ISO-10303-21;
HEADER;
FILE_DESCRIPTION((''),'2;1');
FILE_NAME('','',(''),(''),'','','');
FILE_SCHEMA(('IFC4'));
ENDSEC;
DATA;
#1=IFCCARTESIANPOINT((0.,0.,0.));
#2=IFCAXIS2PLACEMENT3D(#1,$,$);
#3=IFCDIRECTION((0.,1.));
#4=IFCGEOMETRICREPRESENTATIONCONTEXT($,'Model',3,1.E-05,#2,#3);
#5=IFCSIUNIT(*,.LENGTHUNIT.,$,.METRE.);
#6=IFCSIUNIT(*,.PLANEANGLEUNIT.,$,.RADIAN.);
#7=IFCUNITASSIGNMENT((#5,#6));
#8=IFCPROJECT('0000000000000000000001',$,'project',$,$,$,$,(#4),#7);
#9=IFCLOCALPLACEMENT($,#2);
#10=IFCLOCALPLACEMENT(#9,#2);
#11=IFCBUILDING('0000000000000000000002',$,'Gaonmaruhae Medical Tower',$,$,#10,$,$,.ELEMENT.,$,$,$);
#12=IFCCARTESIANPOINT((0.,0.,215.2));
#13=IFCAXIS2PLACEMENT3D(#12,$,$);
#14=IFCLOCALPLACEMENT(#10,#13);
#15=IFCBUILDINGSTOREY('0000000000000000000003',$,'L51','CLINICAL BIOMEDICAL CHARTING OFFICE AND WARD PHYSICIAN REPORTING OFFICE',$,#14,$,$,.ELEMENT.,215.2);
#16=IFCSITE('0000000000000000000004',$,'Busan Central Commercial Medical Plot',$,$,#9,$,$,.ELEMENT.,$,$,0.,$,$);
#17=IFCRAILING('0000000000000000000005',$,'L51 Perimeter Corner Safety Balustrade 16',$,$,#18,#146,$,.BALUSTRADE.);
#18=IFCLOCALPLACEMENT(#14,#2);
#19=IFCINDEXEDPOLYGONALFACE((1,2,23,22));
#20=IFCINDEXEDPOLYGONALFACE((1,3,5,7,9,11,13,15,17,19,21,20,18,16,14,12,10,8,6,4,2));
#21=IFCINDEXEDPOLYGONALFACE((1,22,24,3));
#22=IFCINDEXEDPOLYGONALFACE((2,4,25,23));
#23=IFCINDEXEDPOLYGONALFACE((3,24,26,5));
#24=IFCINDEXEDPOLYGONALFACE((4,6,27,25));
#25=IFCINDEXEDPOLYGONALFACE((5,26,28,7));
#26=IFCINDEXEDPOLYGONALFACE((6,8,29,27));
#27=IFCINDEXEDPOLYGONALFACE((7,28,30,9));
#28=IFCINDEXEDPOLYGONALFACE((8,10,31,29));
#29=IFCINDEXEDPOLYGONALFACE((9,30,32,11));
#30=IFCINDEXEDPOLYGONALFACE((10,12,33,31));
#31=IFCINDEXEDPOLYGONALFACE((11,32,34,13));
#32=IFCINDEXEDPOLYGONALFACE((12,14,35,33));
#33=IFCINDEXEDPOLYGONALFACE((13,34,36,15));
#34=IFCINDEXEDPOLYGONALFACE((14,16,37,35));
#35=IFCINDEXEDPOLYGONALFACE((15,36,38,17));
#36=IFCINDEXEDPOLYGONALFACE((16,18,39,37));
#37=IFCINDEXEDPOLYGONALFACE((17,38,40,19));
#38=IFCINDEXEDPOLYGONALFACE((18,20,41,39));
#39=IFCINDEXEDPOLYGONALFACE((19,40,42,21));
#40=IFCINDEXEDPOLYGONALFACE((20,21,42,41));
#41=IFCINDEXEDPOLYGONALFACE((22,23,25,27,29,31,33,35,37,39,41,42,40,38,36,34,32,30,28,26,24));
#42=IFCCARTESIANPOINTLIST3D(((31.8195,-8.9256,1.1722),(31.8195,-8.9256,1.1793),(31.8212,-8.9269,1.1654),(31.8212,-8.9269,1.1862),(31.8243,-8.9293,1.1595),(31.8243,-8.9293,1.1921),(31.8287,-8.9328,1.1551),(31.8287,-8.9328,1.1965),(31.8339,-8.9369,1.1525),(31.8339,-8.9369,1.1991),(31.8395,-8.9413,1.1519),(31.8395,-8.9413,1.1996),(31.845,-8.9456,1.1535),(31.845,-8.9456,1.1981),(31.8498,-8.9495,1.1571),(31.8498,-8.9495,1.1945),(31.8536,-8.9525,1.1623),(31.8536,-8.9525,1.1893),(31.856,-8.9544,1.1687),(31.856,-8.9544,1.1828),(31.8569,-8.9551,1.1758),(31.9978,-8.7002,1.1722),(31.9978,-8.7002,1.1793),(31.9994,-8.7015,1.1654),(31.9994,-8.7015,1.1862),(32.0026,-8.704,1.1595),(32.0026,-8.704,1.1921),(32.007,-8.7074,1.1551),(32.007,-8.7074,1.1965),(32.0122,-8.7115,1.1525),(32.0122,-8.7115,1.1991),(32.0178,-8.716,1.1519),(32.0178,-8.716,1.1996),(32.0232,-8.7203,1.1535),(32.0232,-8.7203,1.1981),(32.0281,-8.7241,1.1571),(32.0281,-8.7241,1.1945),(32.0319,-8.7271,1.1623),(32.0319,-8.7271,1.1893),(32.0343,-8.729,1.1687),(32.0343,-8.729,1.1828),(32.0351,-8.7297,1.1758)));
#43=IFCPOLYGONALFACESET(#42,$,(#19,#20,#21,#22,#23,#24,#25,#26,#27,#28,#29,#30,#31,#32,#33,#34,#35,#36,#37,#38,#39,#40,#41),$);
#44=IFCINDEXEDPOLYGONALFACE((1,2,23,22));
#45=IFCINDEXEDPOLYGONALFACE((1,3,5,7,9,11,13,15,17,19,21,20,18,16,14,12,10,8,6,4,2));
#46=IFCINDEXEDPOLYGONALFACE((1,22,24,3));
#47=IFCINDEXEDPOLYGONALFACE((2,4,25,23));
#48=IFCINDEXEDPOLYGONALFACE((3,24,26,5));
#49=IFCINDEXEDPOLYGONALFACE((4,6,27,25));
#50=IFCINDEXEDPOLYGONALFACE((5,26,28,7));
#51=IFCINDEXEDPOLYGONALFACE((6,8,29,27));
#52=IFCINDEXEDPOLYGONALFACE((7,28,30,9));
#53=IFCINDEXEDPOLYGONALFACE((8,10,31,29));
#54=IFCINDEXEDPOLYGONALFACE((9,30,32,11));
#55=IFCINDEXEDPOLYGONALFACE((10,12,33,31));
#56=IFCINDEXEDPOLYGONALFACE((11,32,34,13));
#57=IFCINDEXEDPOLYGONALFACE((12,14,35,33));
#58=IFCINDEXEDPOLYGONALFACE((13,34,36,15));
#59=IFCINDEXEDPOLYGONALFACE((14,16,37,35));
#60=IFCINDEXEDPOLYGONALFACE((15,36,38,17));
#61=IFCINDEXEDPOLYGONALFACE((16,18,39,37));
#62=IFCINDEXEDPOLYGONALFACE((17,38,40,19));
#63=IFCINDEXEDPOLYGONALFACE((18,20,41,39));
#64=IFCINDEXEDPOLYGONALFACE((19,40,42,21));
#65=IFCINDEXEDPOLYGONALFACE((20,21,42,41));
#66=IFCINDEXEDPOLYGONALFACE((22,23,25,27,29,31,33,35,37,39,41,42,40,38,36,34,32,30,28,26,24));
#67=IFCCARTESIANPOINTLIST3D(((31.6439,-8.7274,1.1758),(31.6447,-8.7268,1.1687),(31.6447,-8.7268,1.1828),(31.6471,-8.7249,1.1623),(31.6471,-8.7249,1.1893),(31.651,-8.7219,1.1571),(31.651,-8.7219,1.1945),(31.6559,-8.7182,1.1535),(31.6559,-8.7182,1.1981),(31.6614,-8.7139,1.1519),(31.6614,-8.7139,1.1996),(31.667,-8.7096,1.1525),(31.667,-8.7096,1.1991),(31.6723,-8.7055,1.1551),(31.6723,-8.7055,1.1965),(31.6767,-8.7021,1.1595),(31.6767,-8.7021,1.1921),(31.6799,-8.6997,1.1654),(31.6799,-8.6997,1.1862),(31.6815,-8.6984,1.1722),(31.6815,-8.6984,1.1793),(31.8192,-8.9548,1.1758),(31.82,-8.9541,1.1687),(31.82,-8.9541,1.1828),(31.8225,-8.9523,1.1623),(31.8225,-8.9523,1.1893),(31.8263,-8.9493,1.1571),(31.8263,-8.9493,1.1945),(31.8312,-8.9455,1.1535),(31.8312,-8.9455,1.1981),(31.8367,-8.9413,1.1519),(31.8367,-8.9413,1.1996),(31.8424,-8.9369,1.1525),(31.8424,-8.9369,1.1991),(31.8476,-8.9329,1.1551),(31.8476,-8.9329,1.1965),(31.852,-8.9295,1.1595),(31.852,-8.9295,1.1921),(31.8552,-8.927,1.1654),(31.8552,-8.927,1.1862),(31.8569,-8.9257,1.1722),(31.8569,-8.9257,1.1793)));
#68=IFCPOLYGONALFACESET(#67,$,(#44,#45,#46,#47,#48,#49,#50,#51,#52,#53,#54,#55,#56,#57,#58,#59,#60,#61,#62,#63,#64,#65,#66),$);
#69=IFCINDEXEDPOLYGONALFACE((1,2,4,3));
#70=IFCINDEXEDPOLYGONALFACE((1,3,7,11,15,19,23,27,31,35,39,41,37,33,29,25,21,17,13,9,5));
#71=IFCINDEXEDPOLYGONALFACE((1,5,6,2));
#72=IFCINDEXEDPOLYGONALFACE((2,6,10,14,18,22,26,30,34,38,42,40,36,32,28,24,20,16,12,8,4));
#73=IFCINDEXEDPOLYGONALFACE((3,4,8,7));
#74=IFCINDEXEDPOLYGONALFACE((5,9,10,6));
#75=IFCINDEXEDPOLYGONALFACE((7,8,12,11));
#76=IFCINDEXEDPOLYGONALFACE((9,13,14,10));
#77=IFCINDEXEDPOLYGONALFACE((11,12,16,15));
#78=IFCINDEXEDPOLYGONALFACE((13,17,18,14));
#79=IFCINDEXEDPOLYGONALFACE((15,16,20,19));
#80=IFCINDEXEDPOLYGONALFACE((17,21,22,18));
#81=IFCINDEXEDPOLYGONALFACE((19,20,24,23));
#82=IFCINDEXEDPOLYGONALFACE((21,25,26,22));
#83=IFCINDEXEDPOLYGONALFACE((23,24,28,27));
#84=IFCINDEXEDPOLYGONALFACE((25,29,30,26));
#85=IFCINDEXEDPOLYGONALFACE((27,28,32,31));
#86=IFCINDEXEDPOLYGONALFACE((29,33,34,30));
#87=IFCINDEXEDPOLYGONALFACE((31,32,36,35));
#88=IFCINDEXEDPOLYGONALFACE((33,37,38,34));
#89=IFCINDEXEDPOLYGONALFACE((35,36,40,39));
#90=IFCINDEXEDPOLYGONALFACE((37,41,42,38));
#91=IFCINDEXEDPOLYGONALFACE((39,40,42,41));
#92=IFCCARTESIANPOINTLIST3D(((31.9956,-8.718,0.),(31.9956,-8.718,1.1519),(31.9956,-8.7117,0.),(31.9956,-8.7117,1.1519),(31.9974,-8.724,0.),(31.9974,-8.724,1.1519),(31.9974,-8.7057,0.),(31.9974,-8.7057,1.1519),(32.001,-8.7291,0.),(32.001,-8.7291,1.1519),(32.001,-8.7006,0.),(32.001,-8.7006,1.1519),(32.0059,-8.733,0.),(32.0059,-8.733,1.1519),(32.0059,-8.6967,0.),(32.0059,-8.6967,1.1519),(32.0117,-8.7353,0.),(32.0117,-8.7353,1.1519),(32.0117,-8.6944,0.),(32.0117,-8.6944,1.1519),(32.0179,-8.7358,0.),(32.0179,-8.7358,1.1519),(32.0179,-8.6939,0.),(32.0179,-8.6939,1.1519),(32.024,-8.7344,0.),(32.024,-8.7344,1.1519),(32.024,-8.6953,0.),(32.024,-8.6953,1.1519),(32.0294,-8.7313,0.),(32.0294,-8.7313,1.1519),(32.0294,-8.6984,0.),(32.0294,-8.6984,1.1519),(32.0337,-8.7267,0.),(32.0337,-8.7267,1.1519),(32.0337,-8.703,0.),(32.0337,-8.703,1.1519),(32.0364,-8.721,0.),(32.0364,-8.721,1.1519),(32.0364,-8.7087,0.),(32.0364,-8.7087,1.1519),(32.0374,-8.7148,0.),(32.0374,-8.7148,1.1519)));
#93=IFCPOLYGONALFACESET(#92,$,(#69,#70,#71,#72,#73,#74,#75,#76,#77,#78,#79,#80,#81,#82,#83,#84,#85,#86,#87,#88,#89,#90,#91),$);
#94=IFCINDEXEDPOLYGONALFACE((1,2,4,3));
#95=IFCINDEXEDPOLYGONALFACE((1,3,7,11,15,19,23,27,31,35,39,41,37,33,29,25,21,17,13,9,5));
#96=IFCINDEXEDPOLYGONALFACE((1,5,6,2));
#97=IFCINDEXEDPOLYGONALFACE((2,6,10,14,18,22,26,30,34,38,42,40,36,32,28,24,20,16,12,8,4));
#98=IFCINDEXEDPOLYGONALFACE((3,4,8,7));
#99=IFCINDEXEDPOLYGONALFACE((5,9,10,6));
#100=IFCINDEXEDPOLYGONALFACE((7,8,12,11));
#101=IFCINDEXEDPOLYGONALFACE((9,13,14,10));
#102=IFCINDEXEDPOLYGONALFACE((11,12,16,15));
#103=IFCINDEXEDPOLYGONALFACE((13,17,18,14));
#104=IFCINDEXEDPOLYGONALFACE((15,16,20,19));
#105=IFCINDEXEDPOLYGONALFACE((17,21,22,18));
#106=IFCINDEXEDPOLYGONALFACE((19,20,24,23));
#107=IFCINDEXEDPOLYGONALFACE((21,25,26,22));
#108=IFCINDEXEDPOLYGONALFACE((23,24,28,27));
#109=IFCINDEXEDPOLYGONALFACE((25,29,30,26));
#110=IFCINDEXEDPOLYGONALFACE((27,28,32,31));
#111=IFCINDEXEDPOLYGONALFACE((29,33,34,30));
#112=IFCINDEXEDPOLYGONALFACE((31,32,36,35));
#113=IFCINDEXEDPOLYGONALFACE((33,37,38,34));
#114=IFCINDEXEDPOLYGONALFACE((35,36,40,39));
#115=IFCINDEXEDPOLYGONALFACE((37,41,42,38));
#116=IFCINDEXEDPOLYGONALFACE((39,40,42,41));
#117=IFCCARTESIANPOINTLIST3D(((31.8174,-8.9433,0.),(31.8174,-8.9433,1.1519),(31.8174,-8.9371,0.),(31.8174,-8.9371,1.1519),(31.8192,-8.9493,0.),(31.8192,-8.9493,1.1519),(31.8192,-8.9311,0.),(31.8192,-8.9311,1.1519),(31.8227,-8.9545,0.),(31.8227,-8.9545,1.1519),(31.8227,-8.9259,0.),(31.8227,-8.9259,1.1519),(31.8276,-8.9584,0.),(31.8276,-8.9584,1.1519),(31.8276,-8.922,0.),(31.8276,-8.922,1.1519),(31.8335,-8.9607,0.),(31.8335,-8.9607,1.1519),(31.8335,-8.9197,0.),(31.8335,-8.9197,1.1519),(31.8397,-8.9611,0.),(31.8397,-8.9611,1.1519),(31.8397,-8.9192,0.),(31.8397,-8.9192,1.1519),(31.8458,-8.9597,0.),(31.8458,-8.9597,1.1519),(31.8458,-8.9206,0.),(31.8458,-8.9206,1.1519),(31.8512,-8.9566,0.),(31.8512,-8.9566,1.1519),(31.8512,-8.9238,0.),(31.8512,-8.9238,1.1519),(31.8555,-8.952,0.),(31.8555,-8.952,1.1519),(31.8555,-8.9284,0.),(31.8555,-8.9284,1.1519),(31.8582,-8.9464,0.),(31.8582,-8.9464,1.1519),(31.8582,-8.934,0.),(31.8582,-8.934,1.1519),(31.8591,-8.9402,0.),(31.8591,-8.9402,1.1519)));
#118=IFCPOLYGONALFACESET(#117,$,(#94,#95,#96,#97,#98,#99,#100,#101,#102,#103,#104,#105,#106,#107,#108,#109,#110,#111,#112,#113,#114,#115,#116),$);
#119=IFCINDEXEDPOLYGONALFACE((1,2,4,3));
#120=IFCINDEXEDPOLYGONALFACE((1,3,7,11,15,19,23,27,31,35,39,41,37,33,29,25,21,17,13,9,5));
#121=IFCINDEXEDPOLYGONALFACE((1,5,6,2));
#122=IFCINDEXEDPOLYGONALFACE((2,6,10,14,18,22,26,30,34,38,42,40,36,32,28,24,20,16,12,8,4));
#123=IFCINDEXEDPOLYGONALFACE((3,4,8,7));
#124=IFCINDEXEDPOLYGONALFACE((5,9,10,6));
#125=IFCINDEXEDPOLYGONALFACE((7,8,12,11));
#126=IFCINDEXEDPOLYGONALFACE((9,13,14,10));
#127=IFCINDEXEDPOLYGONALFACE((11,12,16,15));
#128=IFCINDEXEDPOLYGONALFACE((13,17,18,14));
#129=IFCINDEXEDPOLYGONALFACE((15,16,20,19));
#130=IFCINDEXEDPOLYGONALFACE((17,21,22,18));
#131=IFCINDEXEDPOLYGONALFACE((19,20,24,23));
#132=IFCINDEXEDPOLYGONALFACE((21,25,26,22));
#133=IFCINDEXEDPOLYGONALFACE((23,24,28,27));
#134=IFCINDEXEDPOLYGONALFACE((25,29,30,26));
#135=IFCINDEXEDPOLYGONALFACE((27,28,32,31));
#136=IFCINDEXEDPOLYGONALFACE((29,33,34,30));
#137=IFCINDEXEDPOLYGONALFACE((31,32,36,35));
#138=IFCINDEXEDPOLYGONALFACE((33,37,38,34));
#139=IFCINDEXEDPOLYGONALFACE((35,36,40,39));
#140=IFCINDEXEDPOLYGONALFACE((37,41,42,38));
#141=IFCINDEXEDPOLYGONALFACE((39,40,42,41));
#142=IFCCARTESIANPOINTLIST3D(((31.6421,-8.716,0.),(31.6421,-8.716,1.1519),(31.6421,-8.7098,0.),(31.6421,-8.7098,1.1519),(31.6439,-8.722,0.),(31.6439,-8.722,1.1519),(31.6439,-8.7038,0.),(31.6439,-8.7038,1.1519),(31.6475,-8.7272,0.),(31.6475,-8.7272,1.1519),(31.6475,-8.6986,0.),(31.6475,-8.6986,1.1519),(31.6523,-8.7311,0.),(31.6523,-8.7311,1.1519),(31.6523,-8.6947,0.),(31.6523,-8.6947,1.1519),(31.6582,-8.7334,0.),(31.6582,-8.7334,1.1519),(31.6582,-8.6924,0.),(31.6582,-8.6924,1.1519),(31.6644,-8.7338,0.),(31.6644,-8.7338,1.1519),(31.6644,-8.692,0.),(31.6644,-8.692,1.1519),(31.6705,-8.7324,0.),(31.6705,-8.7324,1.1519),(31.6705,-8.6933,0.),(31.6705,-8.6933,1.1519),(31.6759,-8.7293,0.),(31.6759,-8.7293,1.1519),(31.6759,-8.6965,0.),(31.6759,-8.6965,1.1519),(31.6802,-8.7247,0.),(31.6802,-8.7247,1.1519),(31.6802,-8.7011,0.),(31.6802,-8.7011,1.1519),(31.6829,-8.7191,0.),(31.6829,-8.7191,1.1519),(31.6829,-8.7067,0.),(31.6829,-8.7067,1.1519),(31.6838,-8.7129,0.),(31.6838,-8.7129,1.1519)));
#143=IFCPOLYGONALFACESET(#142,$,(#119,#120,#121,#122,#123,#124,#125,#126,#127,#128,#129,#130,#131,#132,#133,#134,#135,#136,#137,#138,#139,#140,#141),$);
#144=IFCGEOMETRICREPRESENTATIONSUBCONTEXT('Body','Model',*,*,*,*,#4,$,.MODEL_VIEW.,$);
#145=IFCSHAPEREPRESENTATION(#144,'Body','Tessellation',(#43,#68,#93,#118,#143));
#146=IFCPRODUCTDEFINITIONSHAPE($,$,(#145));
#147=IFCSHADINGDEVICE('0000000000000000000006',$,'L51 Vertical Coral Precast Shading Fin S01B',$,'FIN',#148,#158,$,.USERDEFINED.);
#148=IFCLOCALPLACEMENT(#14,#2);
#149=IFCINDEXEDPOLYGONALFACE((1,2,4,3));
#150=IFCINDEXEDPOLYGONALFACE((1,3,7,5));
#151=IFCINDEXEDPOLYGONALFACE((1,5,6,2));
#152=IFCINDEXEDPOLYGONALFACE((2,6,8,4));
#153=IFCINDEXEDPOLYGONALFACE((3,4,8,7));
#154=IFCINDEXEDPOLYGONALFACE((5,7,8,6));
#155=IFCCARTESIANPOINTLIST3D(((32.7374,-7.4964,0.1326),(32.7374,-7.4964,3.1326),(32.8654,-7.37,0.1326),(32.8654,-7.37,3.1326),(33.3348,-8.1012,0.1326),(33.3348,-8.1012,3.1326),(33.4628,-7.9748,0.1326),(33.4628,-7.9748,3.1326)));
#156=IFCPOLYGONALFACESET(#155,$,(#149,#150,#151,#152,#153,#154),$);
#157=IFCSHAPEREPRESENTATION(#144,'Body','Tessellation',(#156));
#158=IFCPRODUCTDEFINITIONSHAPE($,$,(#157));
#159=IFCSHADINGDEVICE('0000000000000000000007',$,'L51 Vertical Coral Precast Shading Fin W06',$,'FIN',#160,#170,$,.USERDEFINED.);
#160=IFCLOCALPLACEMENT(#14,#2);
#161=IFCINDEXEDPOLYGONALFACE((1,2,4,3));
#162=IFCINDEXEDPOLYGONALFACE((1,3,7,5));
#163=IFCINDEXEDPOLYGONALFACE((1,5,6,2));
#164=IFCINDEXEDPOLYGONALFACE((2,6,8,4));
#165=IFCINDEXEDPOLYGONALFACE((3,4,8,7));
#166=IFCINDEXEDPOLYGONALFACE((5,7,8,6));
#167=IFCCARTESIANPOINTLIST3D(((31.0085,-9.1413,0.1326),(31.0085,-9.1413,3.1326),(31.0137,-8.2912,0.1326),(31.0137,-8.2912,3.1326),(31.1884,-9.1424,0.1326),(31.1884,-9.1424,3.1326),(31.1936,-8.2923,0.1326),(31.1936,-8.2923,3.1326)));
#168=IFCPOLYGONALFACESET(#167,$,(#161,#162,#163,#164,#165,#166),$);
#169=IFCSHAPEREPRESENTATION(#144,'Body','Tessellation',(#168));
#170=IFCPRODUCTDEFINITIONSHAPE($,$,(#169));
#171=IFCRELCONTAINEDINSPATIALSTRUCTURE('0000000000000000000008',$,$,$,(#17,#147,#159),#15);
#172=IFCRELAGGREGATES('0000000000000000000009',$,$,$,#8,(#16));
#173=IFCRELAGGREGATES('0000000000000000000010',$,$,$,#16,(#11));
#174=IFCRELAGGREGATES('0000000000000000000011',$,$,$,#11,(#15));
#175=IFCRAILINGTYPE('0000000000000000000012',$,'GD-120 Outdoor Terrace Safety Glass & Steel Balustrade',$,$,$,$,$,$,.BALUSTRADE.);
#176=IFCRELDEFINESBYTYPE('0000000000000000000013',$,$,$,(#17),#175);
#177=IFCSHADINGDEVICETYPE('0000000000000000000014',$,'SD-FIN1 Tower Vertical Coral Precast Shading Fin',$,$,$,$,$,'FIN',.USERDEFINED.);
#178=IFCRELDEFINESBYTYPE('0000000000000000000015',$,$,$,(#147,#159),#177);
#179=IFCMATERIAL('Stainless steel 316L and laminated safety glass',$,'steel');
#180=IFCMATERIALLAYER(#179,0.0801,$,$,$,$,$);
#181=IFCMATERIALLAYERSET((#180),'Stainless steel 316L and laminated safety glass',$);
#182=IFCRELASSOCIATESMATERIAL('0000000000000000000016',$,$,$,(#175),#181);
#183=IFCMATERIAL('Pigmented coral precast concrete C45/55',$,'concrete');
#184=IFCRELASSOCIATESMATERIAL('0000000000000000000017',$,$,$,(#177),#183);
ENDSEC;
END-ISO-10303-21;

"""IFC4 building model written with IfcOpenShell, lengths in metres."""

from ifc_helpers import new_model, si_unit, direction, frame, origin, origin_2d, place, context, subcontext, project, spatial, rectangle, circle, extrude, material, layer, layer_set, type_object, element, save


model = new_model("IFC4")

# Units and contexts
model_context = context("Model", 3, precision=1e-05, world=origin(), true_north=direction((0.0, 1.0)))
body_context = subcontext(model_context, "Body", "Model", "MODEL_VIEW")
ifc_project = project(units=[si_unit("LENGTHUNIT", "METRE"), si_unit("PLANEANGLEUNIT", "RADIAN")], contexts=[model_context])

# Site, building, storey
site_placement = place(None, origin())
site = spatial("IfcSite", under=ifc_project, at=site_placement, Name="Busan Central Commercial Medical Plot", CompositionType="ELEMENT", RefElevation=0.0)
building_placement = place(site_placement, origin())
building = spatial("IfcBuilding", under=site, at=building_placement, Name="Gaonmaruhae Medical Tower", CompositionType="ELEMENT")
storey_placement = place(building_placement, frame((0.0, 0.0, 215.2)))
storey = spatial("IfcBuildingStorey", under=building, at=storey_placement, Name="L51", Description="CLINICAL BIOMEDICAL CHARTING OFFICE AND WARD PHYSICIAN REPORTING OFFICE", CompositionType="ELEMENT", Elevation=215.2)

# Railing
ifc_material_1 = material(Name="Stainless steel 316L and laminated safety glass", Category="steel")
ifc_layer_1 = layer(ifc_material_1, 0.0801)
ifc_layer_set_1 = layer_set([ifc_layer_1], Name="Stainless steel 316L and laminated safety glass")
railing_type = type_object("IfcRailingType", Name="GD-120 Outdoor Terrace Safety Glass & Steel Balustrade", PredefinedType="BALUSTRADE", material=ifc_layer_set_1)
railing_1_placement = place(storey_placement, frame((32.0164, -8.7148, 0.0)))
element("IfcRailing", 1, at=railing_1_placement, inside=storey, type_object=railing_type, Name="L51 Perimeter Corner Safety Balustrade 16", PredefinedType="BALUSTRADE", context=body_context, shape_type="SweptSolid", body=[
    extrude(circle(Radius=0.0239, at=origin_2d()), frame((0.0, 0.0, 1.1758), z_axis=(-0.620333, -0.784339, 0.0), x_axis=(0.784339, -0.620333, 0.0)), (0.0, 0.0, 1.0), 0.2874),
    extrude(circle(Radius=0.0239, at=origin_2d()), frame((-0.1782, -0.2253, 1.1758), z_axis=(-0.610697, 0.791865, 0.0), x_axis=(-0.791865, -0.610697, 0.0)), (0.0, 0.0, 1.0), 0.2871),
    extrude(circle(Radius=0.021, at=origin_2d()), origin(), (0.0, 0.0, 1.0), 1.1519),
    extrude(circle(Radius=0.021, at=origin_2d()), frame((-0.1782, -0.2253, 0.0)), (0.0, 0.0, 1.0), 1.1519),
    extrude(circle(Radius=0.021, at=origin_2d()), frame((-0.3535, 0.002, 0.0)), (0.0, 0.0, 1.0), 1.1519),
])

# Shading devices
ifc_material_2 = material(Name="Pigmented coral precast concrete C45/55", Category="concrete")
shading_device_type = type_object("IfcShadingDeviceType", Name="SD-FIN1 Tower Vertical Coral Precast Shading Fin", ElementType="FIN", PredefinedType="USERDEFINED", material=ifc_material_2)
for number, where, z_axis, x_axis, name in (
    (2, (33.1001, -7.7356, 0.1326), (0.0, 0.0, 1.0), (-0.711413, -0.702774, 0.0), "L51 Vertical Coral Precast Shading Fin S01B"),
    (3, (31.1011, -8.7168, 0.1326), (0.0, 0.0, 1.0), (-0.999981, 0.006109, 0.0), "L51 Vertical Coral Precast Shading Fin W06"),
):
    element("IfcShadingDevice", number, at=place(storey_placement, frame(where, z_axis=z_axis, x_axis=x_axis)), inside=storey, type_object=shading_device_type, Name=name, ObjectType="FIN", PredefinedType="USERDEFINED", context=body_context, shape_type="SweptSolid", body=[
        extrude(rectangle(XDim=0.1799, YDim=0.8501, at=origin_2d()), origin(), (0.0, 0.0, 1.0), 3.0),
    ])

save(model, "model.ifc")
